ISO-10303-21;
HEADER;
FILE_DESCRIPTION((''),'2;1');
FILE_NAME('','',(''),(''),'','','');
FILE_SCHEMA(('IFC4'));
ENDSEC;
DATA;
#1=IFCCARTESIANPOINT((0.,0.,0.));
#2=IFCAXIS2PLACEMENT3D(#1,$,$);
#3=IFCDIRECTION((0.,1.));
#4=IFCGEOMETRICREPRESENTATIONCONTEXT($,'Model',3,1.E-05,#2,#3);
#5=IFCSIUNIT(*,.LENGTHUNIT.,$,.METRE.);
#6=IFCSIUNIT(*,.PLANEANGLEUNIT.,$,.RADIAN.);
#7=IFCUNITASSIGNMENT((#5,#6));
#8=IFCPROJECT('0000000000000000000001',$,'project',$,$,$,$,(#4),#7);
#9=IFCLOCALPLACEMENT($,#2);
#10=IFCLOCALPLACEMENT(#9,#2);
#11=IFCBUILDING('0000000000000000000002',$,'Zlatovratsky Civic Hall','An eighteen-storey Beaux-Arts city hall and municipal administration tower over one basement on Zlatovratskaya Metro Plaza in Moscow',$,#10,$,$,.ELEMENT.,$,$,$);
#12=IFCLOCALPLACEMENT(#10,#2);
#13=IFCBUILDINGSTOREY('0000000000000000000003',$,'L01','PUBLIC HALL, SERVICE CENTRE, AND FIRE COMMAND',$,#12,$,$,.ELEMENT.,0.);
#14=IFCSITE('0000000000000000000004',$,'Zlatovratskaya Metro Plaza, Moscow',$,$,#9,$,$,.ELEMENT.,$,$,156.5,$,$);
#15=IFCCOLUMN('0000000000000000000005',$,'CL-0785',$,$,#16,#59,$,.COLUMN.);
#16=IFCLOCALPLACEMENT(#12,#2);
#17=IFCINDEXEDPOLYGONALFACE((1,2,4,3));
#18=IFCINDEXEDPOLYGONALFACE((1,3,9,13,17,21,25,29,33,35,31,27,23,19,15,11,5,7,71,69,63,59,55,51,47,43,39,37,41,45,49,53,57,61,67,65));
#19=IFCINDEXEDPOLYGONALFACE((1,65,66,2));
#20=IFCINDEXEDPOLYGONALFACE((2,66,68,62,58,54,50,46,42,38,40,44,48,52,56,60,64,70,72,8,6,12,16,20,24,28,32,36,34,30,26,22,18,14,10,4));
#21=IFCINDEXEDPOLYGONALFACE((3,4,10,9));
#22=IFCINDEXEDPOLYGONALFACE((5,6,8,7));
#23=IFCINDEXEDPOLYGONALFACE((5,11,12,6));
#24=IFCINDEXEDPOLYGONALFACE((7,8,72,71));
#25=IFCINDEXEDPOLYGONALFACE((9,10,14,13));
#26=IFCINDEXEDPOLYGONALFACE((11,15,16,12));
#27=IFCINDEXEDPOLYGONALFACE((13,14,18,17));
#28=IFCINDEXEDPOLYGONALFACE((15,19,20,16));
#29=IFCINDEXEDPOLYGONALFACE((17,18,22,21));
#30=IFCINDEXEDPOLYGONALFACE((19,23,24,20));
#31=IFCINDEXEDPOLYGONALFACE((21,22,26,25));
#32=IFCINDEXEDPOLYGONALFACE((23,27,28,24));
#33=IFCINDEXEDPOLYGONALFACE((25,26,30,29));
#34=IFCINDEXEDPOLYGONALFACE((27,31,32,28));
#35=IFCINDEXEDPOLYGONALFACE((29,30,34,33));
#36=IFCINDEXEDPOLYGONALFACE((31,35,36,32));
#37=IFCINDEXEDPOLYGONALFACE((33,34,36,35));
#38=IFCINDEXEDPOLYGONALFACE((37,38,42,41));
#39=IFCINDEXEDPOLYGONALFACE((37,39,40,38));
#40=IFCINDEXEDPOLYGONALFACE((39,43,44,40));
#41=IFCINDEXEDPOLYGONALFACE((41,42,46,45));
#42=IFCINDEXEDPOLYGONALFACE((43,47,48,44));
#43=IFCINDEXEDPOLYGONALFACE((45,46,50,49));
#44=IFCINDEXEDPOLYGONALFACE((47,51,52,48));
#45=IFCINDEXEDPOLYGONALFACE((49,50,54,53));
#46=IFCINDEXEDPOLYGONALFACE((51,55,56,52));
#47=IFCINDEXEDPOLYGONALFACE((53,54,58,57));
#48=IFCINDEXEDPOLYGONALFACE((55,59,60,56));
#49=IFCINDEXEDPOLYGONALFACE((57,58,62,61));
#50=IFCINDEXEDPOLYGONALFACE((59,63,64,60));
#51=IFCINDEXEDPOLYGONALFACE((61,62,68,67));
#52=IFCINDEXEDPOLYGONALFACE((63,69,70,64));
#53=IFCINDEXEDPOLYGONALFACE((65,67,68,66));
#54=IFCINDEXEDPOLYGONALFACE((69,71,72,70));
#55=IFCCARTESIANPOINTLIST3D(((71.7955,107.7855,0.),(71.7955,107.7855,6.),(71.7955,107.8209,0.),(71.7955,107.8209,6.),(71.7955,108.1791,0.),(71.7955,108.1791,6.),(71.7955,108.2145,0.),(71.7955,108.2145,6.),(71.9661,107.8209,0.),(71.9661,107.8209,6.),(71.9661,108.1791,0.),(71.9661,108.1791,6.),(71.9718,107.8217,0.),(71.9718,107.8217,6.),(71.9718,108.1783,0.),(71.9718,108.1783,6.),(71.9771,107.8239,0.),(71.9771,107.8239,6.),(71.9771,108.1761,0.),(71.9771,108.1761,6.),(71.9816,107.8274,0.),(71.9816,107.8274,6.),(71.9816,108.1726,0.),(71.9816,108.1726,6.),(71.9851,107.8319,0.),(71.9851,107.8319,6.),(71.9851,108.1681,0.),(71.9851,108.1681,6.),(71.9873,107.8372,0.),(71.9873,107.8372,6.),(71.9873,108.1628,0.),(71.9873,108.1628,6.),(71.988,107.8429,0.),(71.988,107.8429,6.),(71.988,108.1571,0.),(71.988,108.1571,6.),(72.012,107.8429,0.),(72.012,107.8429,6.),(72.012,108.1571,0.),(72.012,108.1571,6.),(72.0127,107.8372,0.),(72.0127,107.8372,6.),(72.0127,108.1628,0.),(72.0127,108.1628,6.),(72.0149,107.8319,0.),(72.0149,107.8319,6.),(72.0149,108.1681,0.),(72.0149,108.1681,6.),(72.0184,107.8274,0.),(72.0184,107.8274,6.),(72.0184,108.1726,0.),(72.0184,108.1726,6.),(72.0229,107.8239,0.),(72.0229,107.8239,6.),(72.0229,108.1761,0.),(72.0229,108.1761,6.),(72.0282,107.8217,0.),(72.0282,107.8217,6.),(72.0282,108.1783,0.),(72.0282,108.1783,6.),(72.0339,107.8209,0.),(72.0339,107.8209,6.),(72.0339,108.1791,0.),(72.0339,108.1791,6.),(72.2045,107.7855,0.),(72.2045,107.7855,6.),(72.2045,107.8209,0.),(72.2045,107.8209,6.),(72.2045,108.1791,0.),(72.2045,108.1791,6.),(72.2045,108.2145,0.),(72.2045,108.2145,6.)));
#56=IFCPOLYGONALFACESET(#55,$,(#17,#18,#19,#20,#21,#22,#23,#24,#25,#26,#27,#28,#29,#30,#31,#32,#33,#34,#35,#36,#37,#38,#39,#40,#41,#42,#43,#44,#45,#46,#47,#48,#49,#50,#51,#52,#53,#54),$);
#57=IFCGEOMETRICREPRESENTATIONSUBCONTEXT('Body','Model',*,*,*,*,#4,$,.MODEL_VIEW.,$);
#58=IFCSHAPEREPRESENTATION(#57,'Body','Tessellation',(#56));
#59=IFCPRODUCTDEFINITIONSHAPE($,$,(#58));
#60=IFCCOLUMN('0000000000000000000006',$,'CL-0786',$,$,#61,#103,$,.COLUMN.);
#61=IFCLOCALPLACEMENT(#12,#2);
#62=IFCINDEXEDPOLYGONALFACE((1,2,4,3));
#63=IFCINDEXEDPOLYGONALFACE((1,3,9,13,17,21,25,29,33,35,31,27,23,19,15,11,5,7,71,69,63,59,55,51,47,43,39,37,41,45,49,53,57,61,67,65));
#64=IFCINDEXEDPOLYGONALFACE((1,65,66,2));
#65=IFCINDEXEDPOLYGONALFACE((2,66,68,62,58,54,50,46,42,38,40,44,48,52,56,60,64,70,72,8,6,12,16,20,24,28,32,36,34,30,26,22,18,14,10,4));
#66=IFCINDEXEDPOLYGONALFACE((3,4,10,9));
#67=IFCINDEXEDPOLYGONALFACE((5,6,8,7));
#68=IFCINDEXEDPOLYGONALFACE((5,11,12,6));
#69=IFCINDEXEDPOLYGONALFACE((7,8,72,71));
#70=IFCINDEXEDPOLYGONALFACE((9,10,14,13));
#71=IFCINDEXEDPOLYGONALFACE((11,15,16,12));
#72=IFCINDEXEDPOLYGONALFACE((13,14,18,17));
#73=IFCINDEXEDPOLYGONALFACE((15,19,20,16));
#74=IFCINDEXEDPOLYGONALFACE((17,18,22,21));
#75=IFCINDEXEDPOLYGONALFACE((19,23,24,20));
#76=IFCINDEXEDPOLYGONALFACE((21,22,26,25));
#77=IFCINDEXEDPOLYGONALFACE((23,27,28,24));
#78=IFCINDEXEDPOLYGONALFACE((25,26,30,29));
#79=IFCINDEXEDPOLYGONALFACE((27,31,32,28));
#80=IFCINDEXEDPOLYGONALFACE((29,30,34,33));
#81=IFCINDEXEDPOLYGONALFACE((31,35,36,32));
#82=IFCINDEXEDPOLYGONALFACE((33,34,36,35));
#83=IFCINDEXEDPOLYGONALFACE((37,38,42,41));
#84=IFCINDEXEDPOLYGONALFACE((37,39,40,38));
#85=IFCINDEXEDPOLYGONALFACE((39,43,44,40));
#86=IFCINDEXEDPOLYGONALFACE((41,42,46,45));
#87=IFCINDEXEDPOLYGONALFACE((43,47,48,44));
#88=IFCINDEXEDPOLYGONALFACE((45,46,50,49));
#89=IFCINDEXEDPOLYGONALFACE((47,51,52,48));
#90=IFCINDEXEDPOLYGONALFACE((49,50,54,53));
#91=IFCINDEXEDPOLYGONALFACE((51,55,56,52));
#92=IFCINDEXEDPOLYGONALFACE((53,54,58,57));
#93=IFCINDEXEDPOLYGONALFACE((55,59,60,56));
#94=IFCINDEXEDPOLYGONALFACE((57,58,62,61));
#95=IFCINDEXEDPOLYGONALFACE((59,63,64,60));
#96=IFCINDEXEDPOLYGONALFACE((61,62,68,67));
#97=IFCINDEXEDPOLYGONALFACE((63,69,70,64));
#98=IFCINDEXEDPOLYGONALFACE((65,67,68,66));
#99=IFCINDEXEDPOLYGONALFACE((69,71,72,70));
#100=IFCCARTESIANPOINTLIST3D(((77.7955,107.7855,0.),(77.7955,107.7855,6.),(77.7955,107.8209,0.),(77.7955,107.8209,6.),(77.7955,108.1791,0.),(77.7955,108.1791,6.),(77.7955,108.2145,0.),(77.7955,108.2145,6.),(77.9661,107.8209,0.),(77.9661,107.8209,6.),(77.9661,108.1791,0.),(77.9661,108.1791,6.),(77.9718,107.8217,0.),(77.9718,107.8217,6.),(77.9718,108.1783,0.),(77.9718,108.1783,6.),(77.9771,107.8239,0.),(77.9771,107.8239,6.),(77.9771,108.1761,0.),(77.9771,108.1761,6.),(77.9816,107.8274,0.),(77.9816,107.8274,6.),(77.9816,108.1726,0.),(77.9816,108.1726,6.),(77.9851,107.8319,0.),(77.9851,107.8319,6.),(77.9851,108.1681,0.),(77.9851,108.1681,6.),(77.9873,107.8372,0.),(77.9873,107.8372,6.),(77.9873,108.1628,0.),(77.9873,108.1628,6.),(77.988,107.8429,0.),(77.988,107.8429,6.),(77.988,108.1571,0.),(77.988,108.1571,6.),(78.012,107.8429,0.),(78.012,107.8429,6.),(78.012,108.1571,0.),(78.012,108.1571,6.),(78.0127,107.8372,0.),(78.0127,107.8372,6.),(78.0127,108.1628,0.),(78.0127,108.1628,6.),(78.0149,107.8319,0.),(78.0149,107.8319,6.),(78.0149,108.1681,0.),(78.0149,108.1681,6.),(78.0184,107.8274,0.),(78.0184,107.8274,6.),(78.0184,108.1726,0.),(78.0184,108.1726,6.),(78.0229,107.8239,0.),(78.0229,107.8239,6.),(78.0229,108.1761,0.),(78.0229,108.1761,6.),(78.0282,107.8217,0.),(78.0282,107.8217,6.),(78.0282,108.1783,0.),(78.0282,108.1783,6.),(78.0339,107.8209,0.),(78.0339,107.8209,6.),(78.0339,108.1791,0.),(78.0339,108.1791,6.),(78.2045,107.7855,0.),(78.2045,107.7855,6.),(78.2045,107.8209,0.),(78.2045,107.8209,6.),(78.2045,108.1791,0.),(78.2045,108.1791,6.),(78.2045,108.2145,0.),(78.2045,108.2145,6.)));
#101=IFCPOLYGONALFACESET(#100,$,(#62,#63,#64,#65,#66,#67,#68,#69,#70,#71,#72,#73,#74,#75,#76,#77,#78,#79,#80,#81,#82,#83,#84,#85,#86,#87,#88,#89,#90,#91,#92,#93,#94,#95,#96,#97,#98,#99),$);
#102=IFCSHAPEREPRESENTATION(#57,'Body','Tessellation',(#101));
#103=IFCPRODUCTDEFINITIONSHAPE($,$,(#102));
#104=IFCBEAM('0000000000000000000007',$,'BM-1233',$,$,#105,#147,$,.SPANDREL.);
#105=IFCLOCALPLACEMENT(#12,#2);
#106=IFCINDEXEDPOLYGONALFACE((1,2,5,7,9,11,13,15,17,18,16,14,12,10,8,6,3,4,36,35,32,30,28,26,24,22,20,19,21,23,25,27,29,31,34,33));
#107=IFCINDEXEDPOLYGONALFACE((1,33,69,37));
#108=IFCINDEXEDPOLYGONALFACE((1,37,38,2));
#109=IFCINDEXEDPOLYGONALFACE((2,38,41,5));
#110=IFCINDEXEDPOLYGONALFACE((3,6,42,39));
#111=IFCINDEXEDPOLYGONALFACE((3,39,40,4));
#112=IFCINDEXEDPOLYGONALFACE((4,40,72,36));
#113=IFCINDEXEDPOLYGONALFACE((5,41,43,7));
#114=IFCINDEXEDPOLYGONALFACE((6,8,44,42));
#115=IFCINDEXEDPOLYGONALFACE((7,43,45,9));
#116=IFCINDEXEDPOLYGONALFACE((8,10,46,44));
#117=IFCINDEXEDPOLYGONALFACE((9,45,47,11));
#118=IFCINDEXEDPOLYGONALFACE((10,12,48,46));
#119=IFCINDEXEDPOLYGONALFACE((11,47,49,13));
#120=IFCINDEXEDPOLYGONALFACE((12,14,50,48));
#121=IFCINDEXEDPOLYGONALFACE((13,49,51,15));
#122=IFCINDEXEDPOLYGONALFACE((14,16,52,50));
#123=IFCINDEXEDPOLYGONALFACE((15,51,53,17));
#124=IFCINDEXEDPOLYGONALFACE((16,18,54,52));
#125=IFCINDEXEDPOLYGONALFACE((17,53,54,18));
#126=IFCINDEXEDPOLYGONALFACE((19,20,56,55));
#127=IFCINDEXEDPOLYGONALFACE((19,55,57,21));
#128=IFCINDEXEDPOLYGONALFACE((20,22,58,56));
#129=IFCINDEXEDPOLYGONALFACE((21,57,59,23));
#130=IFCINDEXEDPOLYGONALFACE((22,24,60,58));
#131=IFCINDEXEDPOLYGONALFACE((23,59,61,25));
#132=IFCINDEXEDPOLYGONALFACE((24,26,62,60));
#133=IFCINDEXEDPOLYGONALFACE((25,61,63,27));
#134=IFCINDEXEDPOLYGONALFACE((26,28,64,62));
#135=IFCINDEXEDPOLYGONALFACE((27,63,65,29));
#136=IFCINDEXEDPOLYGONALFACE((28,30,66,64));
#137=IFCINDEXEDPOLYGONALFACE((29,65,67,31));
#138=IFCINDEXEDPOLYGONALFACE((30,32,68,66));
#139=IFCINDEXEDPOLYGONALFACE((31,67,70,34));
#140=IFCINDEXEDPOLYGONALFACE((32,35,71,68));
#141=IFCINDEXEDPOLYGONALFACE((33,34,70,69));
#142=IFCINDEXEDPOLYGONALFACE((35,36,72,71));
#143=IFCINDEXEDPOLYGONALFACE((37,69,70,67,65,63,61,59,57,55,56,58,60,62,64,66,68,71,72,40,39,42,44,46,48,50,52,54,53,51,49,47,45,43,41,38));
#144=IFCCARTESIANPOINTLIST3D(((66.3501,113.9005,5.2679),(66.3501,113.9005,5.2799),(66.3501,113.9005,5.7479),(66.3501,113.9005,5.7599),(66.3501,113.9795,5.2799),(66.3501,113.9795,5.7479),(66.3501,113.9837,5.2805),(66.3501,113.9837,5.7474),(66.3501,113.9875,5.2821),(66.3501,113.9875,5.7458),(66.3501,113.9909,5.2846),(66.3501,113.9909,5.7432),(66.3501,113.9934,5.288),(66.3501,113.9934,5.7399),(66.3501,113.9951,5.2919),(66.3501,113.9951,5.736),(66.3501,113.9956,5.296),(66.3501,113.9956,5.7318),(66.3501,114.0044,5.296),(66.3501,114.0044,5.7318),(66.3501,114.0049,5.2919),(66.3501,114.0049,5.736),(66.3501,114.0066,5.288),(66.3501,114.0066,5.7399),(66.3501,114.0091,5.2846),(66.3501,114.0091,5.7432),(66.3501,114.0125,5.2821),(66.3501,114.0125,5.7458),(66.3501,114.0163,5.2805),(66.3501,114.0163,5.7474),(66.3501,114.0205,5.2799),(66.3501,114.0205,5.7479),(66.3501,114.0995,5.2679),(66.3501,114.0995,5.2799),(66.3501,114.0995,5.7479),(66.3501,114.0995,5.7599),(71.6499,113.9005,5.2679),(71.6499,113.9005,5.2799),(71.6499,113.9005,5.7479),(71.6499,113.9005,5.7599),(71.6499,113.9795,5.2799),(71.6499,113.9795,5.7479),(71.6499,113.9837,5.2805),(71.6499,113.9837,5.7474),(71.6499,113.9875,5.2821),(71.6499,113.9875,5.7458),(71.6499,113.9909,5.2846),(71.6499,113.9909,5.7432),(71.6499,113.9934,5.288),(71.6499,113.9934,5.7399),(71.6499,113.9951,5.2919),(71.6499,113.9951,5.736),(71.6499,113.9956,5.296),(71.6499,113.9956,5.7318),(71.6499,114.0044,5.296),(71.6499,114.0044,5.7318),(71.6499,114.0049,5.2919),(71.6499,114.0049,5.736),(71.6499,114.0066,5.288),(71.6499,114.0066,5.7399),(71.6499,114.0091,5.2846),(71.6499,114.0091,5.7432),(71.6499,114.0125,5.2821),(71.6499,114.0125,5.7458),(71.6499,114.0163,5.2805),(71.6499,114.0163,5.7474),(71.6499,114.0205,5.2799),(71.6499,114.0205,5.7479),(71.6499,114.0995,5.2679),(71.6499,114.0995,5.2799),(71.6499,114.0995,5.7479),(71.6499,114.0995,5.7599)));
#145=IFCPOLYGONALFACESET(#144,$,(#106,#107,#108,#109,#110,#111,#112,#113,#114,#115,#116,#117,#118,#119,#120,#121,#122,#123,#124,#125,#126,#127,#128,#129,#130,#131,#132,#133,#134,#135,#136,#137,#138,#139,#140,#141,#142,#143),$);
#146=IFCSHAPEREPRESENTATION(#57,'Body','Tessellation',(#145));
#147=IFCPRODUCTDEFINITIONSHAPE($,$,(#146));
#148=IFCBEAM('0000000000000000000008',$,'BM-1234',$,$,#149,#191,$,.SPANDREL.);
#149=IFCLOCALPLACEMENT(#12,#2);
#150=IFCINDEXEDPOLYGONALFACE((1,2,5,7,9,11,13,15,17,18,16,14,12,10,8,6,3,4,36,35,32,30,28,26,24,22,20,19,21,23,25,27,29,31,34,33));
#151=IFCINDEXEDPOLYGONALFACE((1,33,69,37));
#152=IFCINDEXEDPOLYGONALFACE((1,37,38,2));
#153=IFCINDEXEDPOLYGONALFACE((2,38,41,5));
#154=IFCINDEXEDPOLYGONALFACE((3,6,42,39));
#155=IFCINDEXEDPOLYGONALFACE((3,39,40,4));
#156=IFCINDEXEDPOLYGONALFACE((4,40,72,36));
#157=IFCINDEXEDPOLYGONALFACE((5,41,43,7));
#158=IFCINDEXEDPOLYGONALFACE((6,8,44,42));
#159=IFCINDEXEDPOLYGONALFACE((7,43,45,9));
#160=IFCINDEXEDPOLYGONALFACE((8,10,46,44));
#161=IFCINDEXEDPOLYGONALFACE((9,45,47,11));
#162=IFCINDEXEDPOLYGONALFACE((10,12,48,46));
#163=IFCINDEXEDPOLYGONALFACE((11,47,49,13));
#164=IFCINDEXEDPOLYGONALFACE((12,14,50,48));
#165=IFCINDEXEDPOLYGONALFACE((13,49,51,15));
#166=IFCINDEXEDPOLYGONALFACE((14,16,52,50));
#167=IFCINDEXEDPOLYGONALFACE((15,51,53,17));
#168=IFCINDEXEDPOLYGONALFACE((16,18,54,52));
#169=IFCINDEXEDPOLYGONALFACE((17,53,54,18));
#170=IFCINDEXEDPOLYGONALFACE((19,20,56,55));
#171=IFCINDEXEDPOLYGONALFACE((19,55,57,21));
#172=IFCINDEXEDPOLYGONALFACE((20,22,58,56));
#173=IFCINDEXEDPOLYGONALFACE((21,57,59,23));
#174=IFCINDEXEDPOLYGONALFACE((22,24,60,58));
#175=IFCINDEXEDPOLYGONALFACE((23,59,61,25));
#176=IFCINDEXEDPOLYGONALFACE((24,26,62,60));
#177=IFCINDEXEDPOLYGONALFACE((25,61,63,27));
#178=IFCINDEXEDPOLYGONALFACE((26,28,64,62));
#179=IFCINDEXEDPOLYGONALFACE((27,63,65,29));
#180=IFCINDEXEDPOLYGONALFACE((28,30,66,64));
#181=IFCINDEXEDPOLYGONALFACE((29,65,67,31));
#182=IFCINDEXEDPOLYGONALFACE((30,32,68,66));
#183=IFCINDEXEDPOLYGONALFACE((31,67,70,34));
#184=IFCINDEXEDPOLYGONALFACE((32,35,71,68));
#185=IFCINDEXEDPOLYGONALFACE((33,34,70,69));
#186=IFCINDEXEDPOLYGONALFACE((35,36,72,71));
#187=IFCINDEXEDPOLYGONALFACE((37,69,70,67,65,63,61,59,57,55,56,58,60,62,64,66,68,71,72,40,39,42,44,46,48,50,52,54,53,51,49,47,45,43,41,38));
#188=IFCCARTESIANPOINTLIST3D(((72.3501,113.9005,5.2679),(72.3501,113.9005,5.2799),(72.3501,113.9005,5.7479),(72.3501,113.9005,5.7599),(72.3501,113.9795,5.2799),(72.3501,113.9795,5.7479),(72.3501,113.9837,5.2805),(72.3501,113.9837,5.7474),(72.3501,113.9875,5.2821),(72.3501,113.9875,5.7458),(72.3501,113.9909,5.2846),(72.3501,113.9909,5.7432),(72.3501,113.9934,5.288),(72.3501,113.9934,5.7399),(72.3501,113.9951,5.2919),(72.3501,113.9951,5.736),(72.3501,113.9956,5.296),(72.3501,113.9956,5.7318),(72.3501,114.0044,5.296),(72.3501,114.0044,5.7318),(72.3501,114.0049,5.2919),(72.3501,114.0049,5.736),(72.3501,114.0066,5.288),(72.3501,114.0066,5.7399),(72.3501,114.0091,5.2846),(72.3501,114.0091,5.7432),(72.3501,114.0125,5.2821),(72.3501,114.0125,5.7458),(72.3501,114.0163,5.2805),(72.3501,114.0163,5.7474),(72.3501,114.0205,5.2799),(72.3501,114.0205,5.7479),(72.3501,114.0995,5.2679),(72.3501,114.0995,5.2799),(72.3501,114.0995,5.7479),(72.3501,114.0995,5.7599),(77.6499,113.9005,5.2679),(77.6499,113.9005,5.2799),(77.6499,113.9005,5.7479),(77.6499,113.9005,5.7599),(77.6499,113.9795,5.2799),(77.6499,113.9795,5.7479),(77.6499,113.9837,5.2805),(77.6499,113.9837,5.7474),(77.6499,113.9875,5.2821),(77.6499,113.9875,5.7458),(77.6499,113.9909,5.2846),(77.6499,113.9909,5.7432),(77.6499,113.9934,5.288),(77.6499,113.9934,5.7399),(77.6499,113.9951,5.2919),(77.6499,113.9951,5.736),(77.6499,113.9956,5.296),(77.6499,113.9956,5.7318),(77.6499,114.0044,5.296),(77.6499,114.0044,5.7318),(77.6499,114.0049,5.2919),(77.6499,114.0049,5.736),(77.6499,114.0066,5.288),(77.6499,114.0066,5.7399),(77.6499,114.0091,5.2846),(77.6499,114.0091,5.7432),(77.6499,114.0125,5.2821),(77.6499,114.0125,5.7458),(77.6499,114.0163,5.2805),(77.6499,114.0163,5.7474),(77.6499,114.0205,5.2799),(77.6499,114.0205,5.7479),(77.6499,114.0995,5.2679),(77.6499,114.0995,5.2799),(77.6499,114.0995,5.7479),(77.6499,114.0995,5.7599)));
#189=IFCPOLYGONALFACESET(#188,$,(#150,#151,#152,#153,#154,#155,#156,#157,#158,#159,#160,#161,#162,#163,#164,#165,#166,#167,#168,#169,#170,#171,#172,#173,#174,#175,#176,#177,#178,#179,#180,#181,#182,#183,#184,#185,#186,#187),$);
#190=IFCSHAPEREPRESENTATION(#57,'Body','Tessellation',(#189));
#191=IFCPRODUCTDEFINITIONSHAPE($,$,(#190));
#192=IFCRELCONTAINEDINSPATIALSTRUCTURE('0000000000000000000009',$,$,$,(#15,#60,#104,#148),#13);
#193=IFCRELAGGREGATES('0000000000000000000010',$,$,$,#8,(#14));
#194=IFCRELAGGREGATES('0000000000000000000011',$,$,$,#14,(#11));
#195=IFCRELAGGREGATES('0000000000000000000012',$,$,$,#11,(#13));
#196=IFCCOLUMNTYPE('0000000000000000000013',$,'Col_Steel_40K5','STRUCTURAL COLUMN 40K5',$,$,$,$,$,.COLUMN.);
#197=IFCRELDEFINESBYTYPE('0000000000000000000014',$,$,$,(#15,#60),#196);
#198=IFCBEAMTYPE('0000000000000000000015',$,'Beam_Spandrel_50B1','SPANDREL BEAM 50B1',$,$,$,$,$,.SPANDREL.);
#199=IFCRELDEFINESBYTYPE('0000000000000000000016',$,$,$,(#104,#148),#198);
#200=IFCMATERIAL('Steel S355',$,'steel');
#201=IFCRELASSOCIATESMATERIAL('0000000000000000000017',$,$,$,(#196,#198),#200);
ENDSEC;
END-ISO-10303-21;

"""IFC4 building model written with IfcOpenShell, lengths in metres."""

from ifc_helpers import new_model, si_unit, direction, frame, origin, origin_2d, place, context, subcontext, project, spatial, i_section, extrude, material, material_profile, profile_set, type_object, element, save


model = new_model("IFC4")

# Units and contexts
model_context = context("Model", 3, precision=1e-05, world=origin(), true_north=direction((0.0, 1.0)))
body_context = subcontext(model_context, "Body", "Model", "MODEL_VIEW")
ifc_project = project(units=[si_unit("LENGTHUNIT", "METRE"), si_unit("PLANEANGLEUNIT", "RADIAN")], contexts=[model_context])

# Site, building, storey
site_placement = place(None, origin())
site = spatial("IfcSite", under=ifc_project, at=site_placement, Name="Zlatovratskaya Metro Plaza, Moscow", CompositionType="ELEMENT", RefElevation=156.5)
building_placement = place(site_placement, origin())
building = spatial("IfcBuilding", under=site, at=building_placement, Name="Zlatovratsky Civic Hall", Description="An eighteen-storey Beaux-Arts city hall and municipal administration tower over one basement on Zlatovratskaya Metro Plaza in Moscow", CompositionType="ELEMENT")
storey_placement = place(building_placement, origin())
storey = spatial("IfcBuildingStorey", under=building, at=storey_placement, Name="L01", Description="PUBLIC HALL, SERVICE CENTRE, AND FIRE COMMAND", CompositionType="ELEMENT", Elevation=0.0)

# Columns
ifc_material_1 = material(Name="Steel S355", Category="steel")
ifc_material_profile_1 = material_profile(ifc_material_1, i_section(OverallWidth=0.4089, OverallDepth=0.429, WebThickness=0.0239, FlangeThickness=0.0354, FilletRadius=0.022, at=origin_2d()), Name="40K5")
ifc_profile_set_1 = profile_set([ifc_material_profile_1], Name="Steel S355")
column_type_1 = type_object("IfcColumnType", Name="Col_Steel_40K5", Description="STRUCTURAL COLUMN 40K5", PredefinedType="COLUMN", material=ifc_profile_set_1)
for number, where, z_axis, x_axis, name in (
    (1, (72.0, 108.0, 0.0), (0.0, 0.0, 1.0), (1.0, 0.0, 0.0), "CL-0785"),
    (2, (78.0, 108.0, 0.0), (0.0, 0.0, 1.0), (1.0, 0.0, 0.0), "CL-0786"),
):
    element("IfcColumn", number, at=place(storey_placement, frame(where, z_axis=z_axis, x_axis=x_axis)), inside=storey, type_object=column_type_1, Name=name, PredefinedType="COLUMN", context=body_context, shape_type="SweptSolid", body=[
        extrude(i_section(OverallWidth=0.4089, OverallDepth=0.429, WebThickness=0.0239, FlangeThickness=0.0354, FilletRadius=0.022, at=origin_2d()), origin(), (0.0, 0.0, 1.0), 6.0),
    ])

# Beams
ifc_material_profile_2 = material_profile(ifc_material_1, i_section(OverallWidth=0.199, OverallDepth=0.4919, WebThickness=0.0088, FlangeThickness=0.012, FilletRadius=0.0161, at=origin_2d()), Name="50B1")
ifc_profile_set_2 = profile_set([ifc_material_profile_2], Name="Steel S355")
beam_type_1 = type_object("IfcBeamType", Name="Beam_Spandrel_50B1", Description="SPANDREL BEAM 50B1", PredefinedType="SPANDREL", material=ifc_profile_set_2)
for number, where, z_axis, x_axis, name in (
    (3, (66.3501, 114.0, 5.5139), (1.0, 0.0, 0.0), (0.0, 1.0, 0.0), "BM-1233"),
    (4, (72.3501, 114.0, 5.5139), (1.0, 0.0, 0.0), (0.0, 1.0, 0.0), "BM-1234"),
):
    element("IfcBeam", number, at=place(storey_placement, frame(where, z_axis=z_axis, x_axis=x_axis)), inside=storey, type_object=beam_type_1, Name=name, PredefinedType="SPANDREL", context=body_context, shape_type="SweptSolid", body=[
        extrude(i_section(OverallWidth=0.199, OverallDepth=0.4919, WebThickness=0.0088, FlangeThickness=0.012, FilletRadius=0.0161, at=origin_2d()), origin(), (0.0, 0.0, 1.0), 5.2998),
    ])

save(model, "model.ifc")
